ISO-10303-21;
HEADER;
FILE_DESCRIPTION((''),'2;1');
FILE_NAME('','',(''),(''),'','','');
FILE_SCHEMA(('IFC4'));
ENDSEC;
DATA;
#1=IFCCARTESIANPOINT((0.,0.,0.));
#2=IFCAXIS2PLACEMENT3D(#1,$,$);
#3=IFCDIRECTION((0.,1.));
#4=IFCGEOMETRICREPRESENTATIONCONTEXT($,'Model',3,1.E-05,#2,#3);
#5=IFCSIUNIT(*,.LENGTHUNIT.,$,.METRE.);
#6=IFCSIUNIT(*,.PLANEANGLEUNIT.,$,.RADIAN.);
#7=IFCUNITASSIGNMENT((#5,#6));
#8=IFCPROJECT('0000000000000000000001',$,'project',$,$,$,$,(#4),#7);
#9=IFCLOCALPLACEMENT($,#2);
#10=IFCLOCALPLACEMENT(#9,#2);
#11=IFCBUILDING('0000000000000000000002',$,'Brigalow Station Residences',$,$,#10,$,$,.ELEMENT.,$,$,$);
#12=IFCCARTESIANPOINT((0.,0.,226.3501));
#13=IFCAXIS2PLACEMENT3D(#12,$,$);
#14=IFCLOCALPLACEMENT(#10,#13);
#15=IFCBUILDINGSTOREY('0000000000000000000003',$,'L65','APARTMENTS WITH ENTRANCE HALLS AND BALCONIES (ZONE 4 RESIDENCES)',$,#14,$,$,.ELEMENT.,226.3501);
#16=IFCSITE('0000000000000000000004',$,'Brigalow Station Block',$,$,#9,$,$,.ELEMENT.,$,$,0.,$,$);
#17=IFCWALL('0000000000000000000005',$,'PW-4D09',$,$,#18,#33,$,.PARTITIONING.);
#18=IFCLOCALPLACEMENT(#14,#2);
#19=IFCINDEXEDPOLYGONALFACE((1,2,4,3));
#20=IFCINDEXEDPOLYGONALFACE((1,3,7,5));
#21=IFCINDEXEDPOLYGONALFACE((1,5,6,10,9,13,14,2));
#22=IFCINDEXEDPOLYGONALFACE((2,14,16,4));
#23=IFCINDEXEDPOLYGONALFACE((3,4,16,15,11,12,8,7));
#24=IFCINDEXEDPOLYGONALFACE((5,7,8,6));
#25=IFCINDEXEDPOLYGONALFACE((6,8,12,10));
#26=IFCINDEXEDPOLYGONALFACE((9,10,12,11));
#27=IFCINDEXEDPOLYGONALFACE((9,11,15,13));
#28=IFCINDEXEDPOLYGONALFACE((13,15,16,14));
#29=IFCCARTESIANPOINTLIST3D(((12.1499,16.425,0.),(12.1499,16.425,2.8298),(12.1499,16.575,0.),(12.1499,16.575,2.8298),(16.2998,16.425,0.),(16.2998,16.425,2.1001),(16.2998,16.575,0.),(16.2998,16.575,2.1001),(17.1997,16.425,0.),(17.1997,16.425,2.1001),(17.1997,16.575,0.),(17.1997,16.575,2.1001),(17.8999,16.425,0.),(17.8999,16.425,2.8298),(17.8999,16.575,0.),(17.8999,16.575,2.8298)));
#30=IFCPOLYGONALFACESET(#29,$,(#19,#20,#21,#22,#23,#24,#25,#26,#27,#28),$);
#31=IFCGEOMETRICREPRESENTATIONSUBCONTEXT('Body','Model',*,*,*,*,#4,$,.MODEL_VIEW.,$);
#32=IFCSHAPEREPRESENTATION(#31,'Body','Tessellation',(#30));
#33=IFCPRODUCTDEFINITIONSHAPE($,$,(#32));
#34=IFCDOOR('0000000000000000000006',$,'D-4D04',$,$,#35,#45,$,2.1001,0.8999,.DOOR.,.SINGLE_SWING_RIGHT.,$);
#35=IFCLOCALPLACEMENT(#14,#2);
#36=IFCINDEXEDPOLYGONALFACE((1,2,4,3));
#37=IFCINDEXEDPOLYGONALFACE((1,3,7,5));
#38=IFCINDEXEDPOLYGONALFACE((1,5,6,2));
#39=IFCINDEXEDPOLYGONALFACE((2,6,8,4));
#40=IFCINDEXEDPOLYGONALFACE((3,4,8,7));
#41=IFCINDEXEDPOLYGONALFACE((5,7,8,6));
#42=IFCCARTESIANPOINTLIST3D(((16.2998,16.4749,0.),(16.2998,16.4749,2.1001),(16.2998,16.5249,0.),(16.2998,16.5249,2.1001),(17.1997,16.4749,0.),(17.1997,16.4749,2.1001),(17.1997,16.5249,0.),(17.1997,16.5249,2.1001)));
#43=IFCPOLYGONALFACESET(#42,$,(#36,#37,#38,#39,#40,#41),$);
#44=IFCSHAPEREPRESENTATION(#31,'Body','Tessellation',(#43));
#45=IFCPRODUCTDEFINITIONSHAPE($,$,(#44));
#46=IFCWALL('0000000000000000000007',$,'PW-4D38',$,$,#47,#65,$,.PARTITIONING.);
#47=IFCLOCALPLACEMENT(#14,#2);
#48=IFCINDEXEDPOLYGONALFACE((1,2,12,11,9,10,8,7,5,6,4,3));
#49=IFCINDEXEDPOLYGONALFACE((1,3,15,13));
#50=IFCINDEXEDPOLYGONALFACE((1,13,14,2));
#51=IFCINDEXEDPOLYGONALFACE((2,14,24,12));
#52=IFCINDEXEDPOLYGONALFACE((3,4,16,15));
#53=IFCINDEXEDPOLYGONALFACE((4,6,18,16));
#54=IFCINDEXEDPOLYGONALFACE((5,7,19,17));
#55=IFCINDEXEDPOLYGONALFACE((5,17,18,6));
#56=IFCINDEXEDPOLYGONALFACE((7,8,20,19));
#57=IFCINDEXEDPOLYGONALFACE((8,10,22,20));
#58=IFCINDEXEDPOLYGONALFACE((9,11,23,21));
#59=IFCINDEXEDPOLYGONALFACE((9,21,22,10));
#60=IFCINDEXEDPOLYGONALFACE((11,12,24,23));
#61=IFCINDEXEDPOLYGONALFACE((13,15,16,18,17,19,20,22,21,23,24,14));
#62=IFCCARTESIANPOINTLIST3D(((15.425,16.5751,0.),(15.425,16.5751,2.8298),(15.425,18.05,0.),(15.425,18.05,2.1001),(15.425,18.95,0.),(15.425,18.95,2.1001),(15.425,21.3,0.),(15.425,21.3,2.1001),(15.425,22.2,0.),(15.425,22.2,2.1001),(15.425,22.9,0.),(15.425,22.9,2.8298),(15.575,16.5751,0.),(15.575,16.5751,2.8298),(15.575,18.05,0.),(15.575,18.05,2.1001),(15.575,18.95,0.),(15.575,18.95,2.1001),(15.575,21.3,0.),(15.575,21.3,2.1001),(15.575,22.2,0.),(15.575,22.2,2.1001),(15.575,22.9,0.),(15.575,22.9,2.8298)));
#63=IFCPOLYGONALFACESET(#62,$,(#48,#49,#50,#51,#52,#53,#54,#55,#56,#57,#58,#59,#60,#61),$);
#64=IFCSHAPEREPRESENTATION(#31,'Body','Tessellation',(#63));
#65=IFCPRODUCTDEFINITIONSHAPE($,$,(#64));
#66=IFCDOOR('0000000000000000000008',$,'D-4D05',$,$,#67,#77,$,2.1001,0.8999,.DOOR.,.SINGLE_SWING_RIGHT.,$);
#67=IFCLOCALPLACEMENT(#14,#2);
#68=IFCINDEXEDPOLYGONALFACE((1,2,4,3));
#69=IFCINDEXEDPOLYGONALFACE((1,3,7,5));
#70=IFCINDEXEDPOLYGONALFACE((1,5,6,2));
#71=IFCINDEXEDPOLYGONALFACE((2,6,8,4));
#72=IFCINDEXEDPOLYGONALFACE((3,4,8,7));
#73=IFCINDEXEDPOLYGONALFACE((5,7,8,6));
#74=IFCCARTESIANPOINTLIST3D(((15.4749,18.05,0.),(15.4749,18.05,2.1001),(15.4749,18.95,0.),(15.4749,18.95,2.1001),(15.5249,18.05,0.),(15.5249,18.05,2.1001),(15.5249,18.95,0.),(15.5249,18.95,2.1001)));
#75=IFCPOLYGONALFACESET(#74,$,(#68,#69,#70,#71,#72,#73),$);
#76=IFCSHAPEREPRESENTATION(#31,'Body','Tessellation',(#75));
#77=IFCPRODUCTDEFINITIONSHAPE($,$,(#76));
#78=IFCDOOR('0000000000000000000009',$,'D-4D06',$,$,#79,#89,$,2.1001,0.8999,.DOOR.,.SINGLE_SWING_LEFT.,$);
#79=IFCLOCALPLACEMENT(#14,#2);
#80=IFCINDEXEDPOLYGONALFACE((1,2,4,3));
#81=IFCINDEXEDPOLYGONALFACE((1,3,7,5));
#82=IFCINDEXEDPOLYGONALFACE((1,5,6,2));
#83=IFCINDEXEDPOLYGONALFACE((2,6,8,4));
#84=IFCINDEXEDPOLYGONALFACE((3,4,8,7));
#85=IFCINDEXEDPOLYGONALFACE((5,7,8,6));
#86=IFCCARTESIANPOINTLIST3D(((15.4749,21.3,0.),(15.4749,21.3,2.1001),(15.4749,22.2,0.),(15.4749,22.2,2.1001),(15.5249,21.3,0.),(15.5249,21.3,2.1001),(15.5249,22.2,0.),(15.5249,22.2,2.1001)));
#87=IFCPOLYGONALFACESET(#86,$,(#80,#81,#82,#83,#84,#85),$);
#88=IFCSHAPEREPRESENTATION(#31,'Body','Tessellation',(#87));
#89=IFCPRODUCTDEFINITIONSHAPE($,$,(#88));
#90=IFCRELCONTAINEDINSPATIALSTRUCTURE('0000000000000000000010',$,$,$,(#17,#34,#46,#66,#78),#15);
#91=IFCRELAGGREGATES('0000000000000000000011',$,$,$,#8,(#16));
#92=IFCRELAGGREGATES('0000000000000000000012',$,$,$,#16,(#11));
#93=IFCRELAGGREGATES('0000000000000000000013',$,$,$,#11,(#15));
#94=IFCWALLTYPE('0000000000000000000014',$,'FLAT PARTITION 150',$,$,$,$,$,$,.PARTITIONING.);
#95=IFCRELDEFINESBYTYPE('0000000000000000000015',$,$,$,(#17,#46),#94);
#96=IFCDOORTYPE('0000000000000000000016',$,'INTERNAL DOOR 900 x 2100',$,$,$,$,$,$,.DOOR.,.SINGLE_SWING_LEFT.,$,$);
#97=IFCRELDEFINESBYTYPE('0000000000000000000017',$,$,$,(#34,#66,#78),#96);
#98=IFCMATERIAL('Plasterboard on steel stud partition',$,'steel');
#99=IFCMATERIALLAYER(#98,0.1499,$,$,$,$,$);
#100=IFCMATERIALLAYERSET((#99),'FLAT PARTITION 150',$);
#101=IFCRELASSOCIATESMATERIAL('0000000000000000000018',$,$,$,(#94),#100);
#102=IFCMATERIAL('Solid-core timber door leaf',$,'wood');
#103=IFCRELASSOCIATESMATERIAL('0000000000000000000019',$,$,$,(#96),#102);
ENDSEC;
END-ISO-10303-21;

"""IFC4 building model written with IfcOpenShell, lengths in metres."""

from ifc_helpers import new_model, si_unit, direction, frame, frame_2d, origin, place, context, subcontext, project, spatial, rectangle, extrude, material, layer, layer_set, type_object, element, fill, save


model = new_model("IFC4")

# Units and contexts
model_context = context("Model", 3, precision=1e-05, world=origin(), true_north=direction((0.0, 1.0)))
body_context = subcontext(model_context, "Body", "Model", "MODEL_VIEW")
ifc_project = project(units=[si_unit("LENGTHUNIT", "METRE"), si_unit("PLANEANGLEUNIT", "RADIAN")], contexts=[model_context])

# Site, building, storey
site_placement = place(None, origin())
site = spatial("IfcSite", under=ifc_project, at=site_placement, Name="Brigalow Station Block", CompositionType="ELEMENT", RefElevation=0.0)
building_placement = place(site_placement, origin())
building = spatial("IfcBuilding", under=site, at=building_placement, Name="Brigalow Station Residences", CompositionType="ELEMENT")
storey_placement = place(building_placement, frame((0.0, 0.0, 226.3501)))
storey = spatial("IfcBuildingStorey", under=building, at=storey_placement, Name="L65", Description="APARTMENTS WITH ENTRANCE HALLS AND BALCONIES (ZONE 4 RESIDENCES)", CompositionType="ELEMENT", Elevation=226.3501)

# Shared definitions
ifc_material_1 = material(Name="Plasterboard on steel stud partition", Category="steel")
ifc_layer_1 = layer(ifc_material_1, 0.1499)
ifc_layer_set_1 = layer_set([ifc_layer_1], Name="FLAT PARTITION 150")
wall_type_1 = type_object("IfcWallType", Name="FLAT PARTITION 150", PredefinedType="PARTITIONING", material=ifc_layer_set_1)

# Wall, opening, door
wall_1_placement = place(storey_placement, frame((12.1499, 16.5, 0.0), z_axis=(0.0, 0.0, 1.0), x_axis=(1.0, 0.0, 0.0)))
wall_1 = element("IfcWall", 1, at=wall_1_placement, inside=storey, type_object=wall_type_1, Name="PW-4D09", PredefinedType="PARTITIONING", context=body_context, shape_type="SweptSolid", body=[
    extrude(rectangle(XDim=5.75, YDim=0.1499, at=frame_2d((2.875, 0.0))), origin(), (0.0, 0.0, 1.0), 2.8298),
])
opening_1_placement = place(wall_1_placement, frame((4.1499, 0.0, 0.0)))
opening_1 = element("IfcOpeningElement", 2, at=opening_1_placement, cuts=wall_1, PredefinedType="OPENING", context=body_context, shape_type="SweptSolid", body=[
    extrude(rectangle(XDim=0.8999, YDim=2.1001, at=frame_2d((0.45, 1.05))), frame((0.0, 0.085, 0.0), z_axis=(0.0, -1.0, 0.0), x_axis=(1.0, 0.0, 0.0)), (0.0, 0.0, 1.0), 0.1699),
])
ifc_material_2 = material(Name="Solid-core timber door leaf", Category="wood")
door_type_1 = type_object("IfcDoorType", Name="INTERNAL DOOR 900 x 2100", OperationType="SINGLE_SWING_LEFT", PredefinedType="DOOR", material=ifc_material_2)
door_1_placement = place(opening_1_placement, origin())
door_1 = element("IfcDoor", 3, at=door_1_placement, inside=storey, type_object=door_type_1, Name="D-4D04", OperationType="SINGLE_SWING_RIGHT", OverallHeight=2.1001, OverallWidth=0.8999, PredefinedType="DOOR", context=body_context, shape_type="SweptSolid", body=[
    extrude(rectangle(XDim=0.8999, YDim=2.1001, at=frame_2d((0.45, 1.05))), frame((0.0, 0.0249, 0.0), z_axis=(0.0, -1.0, 0.0), x_axis=(1.0, 0.0, 0.0)), (0.0, 0.0, 1.0), 0.05),
])
fill(opening_1, door_1)

# Wall, openings, doors
wall_2_placement = place(storey_placement, frame((15.5, 16.575, 0.0), z_axis=(0.0, 0.0, 1.0), x_axis=(0.0, 1.0, 0.0)))
wall_2 = element("IfcWall", 4, at=wall_2_placement, inside=storey, type_object=wall_type_1, Name="PW-4D38", PredefinedType="PARTITIONING", context=body_context, shape_type="SweptSolid", body=[
    extrude(rectangle(XDim=6.325, YDim=0.1499, at=frame_2d((3.1626, 0.0))), origin(), (0.0, 0.0, 1.0), 2.8298),
])
opening_2_placement = place(wall_2_placement, frame((1.4751, 0.0, 0.0)))
opening_2 = element("IfcOpeningElement", 5, at=opening_2_placement, cuts=wall_2, PredefinedType="OPENING", context=body_context, shape_type="SweptSolid", body=[
    extrude(rectangle(XDim=0.8999, YDim=2.1001, at=frame_2d((0.45, 1.05))), frame((0.0, 0.085, 0.0), z_axis=(0.0, -1.0, 0.0), x_axis=(1.0, 0.0, 0.0)), (0.0, 0.0, 1.0), 0.1699),
])
opening_3_placement = place(wall_2_placement, frame((4.7251, 0.0, 0.0)))
opening_3 = element("IfcOpeningElement", 6, at=opening_3_placement, cuts=wall_2, PredefinedType="OPENING", context=body_context, shape_type="SweptSolid", body=[
    extrude(rectangle(XDim=0.8999, YDim=2.1001, at=frame_2d((0.45, 1.05))), frame((0.0, 0.085, 0.0), z_axis=(0.0, -1.0, 0.0), x_axis=(1.0, 0.0, 0.0)), (0.0, 0.0, 1.0), 0.1699),
])
door_2_placement = place(opening_2_placement, frame((0.8999, 0.0, 0.0), z_axis=(0.0, 0.0, 1.0), x_axis=(-1.0, 0.0, 0.0)))
door_2 = element("IfcDoor", 7, at=door_2_placement, inside=storey, type_object=door_type_1, Name="D-4D05", OperationType="SINGLE_SWING_RIGHT", OverallHeight=2.1001, OverallWidth=0.8999, PredefinedType="DOOR", context=body_context, shape_type="SweptSolid", body=[
    extrude(rectangle(XDim=0.8999, YDim=2.1001, at=frame_2d((0.45, 1.05))), frame((0.0, 0.0249, 0.0), z_axis=(0.0, -1.0, 0.0), x_axis=(1.0, 0.0, 0.0)), (0.0, 0.0, 1.0), 0.05),
])
fill(opening_2, door_2)
door_3_placement = place(opening_3_placement, frame((0.8999, 0.0, 0.0), z_axis=(0.0, 0.0, 1.0), x_axis=(-1.0, 0.0, 0.0)))
door_3 = element("IfcDoor", 8, at=door_3_placement, inside=storey, type_object=door_type_1, Name="D-4D06", OperationType="SINGLE_SWING_LEFT", OverallHeight=2.1001, OverallWidth=0.8999, PredefinedType="DOOR", context=body_context, shape_type="SweptSolid", body=[
    extrude(rectangle(XDim=0.8999, YDim=2.1001, at=frame_2d((0.45, 1.05))), frame((0.0, 0.0249, 0.0), z_axis=(0.0, -1.0, 0.0), x_axis=(1.0, 0.0, 0.0)), (0.0, 0.0, 1.0), 0.05),
])
fill(opening_3, door_3)

save(model, "model.ifc")
